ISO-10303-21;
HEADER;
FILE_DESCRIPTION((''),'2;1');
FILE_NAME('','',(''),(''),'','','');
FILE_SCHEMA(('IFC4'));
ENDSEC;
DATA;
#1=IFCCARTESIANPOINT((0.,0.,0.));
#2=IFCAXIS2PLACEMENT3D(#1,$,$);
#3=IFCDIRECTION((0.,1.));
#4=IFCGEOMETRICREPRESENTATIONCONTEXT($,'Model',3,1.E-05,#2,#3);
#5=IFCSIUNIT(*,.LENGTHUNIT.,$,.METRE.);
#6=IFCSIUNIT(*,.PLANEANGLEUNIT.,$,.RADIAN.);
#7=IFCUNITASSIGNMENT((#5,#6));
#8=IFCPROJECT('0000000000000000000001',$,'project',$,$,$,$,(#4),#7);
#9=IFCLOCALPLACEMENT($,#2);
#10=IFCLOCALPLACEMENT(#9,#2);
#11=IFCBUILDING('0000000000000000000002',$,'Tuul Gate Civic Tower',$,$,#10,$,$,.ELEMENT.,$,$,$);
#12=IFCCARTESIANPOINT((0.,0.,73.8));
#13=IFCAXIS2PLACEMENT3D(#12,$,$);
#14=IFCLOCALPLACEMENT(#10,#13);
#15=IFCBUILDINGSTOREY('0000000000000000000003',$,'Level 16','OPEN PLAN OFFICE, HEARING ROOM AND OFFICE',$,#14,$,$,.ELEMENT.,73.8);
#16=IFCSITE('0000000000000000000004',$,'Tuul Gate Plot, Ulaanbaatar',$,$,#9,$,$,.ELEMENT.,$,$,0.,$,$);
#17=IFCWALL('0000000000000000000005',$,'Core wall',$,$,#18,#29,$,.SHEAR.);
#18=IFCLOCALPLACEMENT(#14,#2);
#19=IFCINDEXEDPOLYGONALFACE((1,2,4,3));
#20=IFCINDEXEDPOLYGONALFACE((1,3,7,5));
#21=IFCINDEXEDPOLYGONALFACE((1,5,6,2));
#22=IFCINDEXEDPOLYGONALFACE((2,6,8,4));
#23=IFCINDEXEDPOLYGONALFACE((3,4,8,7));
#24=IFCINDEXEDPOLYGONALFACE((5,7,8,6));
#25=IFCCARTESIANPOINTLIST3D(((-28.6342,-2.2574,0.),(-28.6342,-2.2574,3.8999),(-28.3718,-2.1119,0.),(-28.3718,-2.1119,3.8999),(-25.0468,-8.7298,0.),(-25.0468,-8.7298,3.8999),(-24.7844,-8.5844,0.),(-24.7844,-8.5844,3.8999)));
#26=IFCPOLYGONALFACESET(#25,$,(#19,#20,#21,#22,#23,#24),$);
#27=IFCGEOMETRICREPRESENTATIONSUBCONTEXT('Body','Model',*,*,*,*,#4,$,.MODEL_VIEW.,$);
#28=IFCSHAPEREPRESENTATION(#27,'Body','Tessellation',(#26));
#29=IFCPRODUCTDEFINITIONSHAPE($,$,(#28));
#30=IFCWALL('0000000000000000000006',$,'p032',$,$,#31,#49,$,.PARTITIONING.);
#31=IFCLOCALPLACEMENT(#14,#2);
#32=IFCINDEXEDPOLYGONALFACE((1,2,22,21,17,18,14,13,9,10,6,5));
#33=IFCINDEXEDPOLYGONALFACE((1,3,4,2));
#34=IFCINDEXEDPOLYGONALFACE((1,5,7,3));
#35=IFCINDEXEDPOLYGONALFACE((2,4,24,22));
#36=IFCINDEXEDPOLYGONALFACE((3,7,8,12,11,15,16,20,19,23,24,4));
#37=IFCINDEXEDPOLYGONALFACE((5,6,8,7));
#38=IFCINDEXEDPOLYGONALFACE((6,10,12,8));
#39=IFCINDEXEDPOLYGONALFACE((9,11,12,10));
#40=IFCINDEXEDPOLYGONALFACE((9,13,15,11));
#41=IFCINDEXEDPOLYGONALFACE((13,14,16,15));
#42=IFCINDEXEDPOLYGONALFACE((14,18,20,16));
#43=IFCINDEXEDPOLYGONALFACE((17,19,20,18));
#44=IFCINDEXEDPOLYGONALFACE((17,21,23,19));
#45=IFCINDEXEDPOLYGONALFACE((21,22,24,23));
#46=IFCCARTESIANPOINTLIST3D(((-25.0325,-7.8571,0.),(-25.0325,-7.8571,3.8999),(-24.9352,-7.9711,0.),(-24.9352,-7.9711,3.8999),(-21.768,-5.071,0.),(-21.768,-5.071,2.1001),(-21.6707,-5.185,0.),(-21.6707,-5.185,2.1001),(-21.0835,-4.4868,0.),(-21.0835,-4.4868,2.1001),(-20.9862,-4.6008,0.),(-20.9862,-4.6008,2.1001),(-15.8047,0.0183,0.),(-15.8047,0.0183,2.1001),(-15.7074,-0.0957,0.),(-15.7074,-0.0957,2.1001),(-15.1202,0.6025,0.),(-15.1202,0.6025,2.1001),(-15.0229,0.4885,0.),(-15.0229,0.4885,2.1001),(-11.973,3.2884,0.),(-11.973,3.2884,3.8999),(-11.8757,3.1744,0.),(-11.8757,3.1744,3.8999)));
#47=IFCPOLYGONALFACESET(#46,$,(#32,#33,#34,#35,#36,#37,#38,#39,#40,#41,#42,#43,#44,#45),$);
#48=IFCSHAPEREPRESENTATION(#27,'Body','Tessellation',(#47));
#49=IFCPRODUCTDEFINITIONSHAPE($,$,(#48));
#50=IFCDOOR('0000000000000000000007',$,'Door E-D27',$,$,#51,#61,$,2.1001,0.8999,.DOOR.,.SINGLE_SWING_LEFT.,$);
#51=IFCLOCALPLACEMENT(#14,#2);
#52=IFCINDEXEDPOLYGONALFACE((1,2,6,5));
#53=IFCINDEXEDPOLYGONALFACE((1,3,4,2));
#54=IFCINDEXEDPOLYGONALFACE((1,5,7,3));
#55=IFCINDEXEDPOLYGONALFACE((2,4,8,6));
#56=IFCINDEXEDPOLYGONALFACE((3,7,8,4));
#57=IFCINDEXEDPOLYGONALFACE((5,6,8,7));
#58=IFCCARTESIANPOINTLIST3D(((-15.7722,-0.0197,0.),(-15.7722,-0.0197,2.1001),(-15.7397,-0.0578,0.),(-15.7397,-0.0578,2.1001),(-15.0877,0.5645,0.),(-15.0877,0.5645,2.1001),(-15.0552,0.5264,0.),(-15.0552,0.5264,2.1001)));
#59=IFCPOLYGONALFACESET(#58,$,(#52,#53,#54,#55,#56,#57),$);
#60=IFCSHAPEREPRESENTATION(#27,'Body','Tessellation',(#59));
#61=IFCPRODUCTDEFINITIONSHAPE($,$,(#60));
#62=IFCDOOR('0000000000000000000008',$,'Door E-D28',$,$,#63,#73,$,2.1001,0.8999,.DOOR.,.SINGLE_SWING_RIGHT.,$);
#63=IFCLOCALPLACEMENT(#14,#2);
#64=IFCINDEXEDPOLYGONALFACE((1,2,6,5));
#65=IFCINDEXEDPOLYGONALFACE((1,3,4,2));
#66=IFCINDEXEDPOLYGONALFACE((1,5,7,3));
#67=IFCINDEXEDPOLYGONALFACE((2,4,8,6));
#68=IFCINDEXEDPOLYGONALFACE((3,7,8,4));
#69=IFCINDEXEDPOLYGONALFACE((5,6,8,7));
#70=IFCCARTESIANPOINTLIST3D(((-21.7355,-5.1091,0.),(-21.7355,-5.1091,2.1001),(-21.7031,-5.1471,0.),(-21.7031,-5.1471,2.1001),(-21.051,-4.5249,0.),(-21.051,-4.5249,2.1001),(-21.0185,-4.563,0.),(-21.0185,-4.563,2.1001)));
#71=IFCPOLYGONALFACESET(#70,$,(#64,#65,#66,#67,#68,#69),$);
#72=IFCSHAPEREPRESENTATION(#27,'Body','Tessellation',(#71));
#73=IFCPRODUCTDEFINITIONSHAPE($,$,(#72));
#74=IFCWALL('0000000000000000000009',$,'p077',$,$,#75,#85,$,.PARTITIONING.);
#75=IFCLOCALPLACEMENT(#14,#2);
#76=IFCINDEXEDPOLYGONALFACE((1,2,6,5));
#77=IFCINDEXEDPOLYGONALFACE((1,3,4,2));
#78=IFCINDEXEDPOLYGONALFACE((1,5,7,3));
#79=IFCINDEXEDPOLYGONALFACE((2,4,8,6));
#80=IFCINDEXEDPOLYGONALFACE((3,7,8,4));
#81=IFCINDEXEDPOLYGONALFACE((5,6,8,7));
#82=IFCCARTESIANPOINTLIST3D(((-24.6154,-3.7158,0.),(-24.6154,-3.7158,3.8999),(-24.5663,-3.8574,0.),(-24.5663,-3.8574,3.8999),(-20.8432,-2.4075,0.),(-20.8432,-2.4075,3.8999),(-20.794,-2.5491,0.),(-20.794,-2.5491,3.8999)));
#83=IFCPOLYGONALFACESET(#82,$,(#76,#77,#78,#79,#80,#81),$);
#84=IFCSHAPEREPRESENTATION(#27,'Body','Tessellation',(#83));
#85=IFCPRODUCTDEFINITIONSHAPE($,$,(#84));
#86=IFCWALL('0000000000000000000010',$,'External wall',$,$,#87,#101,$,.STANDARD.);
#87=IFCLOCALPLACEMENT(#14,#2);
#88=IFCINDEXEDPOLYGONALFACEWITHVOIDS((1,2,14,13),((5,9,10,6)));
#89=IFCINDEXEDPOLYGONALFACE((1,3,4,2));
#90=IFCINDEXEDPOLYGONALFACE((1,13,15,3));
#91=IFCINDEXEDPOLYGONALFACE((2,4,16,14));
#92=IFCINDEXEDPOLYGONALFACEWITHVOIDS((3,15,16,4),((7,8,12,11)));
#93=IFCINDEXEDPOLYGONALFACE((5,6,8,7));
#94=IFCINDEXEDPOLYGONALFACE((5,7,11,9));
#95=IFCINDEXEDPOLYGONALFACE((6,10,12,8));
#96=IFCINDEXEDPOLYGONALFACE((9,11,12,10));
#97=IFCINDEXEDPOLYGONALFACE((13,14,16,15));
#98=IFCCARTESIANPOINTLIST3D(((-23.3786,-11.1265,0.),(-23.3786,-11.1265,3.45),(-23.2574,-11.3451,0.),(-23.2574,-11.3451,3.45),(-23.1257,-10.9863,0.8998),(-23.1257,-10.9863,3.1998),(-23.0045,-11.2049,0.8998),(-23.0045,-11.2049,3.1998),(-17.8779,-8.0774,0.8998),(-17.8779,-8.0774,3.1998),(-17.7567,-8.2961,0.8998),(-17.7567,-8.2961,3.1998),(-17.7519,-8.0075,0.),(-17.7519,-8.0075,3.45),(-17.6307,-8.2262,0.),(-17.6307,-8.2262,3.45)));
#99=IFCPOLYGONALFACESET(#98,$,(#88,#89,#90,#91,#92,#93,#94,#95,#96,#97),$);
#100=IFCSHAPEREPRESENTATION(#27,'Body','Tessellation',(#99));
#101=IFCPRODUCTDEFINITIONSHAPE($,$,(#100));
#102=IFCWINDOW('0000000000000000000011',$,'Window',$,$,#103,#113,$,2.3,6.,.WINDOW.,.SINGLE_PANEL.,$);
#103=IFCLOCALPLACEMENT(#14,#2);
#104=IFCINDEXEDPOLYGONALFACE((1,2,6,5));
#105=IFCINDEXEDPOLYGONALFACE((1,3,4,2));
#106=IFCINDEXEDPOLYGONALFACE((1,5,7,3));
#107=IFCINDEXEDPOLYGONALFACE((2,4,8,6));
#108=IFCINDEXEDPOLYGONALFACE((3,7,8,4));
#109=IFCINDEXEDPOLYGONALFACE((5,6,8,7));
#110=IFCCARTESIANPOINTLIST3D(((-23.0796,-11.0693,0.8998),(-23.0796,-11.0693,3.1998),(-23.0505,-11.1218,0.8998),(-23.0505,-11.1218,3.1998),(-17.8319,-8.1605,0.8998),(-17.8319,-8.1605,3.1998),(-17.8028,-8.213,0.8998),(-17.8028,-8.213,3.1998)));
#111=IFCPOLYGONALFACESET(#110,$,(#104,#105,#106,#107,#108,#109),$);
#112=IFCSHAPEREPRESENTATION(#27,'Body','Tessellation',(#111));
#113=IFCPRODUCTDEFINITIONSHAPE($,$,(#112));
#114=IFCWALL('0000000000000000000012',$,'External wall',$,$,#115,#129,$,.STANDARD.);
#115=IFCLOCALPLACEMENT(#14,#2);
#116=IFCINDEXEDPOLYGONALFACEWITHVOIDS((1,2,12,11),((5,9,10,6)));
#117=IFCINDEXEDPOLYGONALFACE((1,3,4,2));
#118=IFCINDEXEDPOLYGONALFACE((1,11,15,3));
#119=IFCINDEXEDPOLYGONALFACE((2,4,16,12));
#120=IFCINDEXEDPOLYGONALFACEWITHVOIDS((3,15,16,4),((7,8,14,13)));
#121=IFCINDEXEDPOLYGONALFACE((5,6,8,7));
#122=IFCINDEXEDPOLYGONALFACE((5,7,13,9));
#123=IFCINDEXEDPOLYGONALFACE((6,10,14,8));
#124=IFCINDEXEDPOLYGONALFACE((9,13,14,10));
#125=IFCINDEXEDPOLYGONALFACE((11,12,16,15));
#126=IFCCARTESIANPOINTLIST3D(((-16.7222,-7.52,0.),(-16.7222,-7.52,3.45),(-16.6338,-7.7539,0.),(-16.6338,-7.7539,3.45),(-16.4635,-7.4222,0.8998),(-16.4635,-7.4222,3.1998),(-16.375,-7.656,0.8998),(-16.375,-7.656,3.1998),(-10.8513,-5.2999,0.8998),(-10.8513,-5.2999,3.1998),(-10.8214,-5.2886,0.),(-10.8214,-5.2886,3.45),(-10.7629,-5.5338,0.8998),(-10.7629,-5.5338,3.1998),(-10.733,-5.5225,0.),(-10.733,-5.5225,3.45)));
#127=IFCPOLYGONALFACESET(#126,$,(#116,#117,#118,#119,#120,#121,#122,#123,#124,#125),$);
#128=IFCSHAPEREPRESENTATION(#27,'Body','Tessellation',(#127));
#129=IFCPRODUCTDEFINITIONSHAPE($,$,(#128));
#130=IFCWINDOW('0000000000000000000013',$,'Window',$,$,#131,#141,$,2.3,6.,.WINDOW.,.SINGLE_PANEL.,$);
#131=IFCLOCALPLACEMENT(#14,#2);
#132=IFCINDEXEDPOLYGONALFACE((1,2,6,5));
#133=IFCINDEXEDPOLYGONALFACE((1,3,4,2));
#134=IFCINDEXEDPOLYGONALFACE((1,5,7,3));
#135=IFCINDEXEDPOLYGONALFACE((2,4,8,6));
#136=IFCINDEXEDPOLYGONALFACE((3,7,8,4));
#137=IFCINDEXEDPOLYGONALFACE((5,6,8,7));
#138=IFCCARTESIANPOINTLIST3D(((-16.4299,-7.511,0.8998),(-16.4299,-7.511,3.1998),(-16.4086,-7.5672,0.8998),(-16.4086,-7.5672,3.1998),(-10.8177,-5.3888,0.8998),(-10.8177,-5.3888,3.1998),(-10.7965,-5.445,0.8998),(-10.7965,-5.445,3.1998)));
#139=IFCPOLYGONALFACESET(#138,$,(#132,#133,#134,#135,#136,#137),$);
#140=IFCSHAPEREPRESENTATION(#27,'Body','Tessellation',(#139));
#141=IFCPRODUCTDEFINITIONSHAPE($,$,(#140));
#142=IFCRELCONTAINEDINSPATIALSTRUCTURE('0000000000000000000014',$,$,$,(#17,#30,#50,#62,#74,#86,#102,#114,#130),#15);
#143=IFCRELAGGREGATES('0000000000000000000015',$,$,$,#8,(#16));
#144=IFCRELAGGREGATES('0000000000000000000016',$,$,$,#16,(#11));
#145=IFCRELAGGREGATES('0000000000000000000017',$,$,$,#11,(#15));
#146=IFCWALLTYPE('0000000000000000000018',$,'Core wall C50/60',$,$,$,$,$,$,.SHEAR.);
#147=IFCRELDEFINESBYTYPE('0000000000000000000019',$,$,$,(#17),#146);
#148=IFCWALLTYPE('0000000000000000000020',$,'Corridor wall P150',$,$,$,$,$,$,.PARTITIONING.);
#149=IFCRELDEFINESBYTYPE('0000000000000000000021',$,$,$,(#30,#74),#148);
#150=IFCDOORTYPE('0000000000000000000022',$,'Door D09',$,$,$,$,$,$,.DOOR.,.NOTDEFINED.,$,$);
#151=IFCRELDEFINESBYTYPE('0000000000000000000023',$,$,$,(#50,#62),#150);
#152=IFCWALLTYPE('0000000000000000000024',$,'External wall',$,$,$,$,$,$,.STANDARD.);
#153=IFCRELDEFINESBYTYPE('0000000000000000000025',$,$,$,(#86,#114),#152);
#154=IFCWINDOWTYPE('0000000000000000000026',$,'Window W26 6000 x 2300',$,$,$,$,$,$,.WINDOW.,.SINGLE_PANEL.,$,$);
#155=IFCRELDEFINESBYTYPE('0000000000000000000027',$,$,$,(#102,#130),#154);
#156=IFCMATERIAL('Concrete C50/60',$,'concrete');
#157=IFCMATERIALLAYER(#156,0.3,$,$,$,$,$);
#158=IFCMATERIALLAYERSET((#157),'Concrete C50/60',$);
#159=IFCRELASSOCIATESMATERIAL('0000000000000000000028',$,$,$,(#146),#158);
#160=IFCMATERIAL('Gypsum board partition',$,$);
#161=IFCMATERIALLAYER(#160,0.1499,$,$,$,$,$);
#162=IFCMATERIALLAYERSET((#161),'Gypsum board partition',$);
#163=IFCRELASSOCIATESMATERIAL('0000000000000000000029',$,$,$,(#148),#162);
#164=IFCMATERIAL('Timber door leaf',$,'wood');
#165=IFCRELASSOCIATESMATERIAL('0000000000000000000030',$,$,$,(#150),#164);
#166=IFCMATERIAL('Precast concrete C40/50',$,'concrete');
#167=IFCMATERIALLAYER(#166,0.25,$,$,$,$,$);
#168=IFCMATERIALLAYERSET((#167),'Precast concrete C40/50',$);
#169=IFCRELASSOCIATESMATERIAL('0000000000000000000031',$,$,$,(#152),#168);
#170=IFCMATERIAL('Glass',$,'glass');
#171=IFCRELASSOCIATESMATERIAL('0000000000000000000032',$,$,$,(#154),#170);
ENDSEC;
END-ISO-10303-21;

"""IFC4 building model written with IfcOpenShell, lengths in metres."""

from ifc_helpers import new_model, si_unit, direction, frame, frame_2d, origin, place, context, subcontext, project, spatial, rectangle, extrude, material, layer, layer_set, type_object, element, fill, save


model = new_model("IFC4")

# Units and contexts
model_context = context("Model", 3, precision=1e-05, world=origin(), true_north=direction((0.0, 1.0)))
body_context = subcontext(model_context, "Body", "Model", "MODEL_VIEW")
ifc_project = project(units=[si_unit("LENGTHUNIT", "METRE"), si_unit("PLANEANGLEUNIT", "RADIAN")], contexts=[model_context])

# Site, building, storey
site_placement = place(None, origin())
site = spatial("IfcSite", under=ifc_project, at=site_placement, Name="Tuul Gate Plot, Ulaanbaatar", CompositionType="ELEMENT", RefElevation=0.0)
building_placement = place(site_placement, origin())
building = spatial("IfcBuilding", under=site, at=building_placement, Name="Tuul Gate Civic Tower", CompositionType="ELEMENT")
storey_placement = place(building_placement, frame((0.0, 0.0, 73.8)))
storey = spatial("IfcBuildingStorey", under=building, at=storey_placement, Name="Level 16", Description="OPEN PLAN OFFICE, HEARING ROOM AND OFFICE", CompositionType="ELEMENT", Elevation=73.8)

# Wall
ifc_material_1 = material(Name="Concrete C50/60", Category="concrete")
ifc_layer_1 = layer(ifc_material_1, 0.3)
ifc_layer_set_1 = layer_set([ifc_layer_1], Name="Concrete C50/60")
wall_type_1 = type_object("IfcWallType", Name="Core wall C50/60", PredefinedType="SHEAR", material=ifc_layer_set_1)
wall_1_placement = place(storey_placement, frame((-24.9155, -8.6572, 0.0), z_axis=(0.0, 0.0, 1.0), x_axis=(-0.484777, 0.874638, 0.0)))
element("IfcWall", 1, at=wall_1_placement, inside=storey, type_object=wall_type_1, Name="Core wall", PredefinedType="SHEAR", context=body_context, shape_type="SweptSolid", body=[
    extrude(rectangle(XDim=7.4001, YDim=0.3, at=frame_2d((3.7002, 0.0))), origin(), (0.0, 0.0, 1.0), 3.8999),
])

# Wall, openings, doors
ifc_material_2 = material(Name="Gypsum board partition")
ifc_layer_2 = layer(ifc_material_2, 0.1499)
ifc_layer_set_2 = layer_set([ifc_layer_2], Name="Gypsum board partition")
wall_type_2 = type_object("IfcWallType", Name="Corridor wall P150", PredefinedType="PARTITIONING", material=ifc_layer_set_2)
wall_2_placement = place(storey_placement, frame((-24.9839, -7.9141, 0.0), z_axis=(0.0, 0.0, 1.0), x_axis=(0.760648, 0.649164, 0.0)))
wall_2 = element("IfcWall", 2, at=wall_2_placement, inside=storey, type_object=wall_type_2, Name="p032", PredefinedType="PARTITIONING", context=body_context, shape_type="SweptSolid", body=[
    extrude(rectangle(XDim=17.1689, YDim=0.1499, at=frame_2d((8.5845, 0.0))), origin(), (0.0, 0.0, 1.0), 3.8999),
])
opening_1_placement = place(wall_2_placement, frame((12.1316, 0.0, 0.0)))
opening_1 = element("IfcOpeningElement", 3, at=opening_1_placement, cuts=wall_2, PredefinedType="OPENING", context=body_context, shape_type="SweptSolid", body=[
    extrude(rectangle(XDim=0.8999, YDim=2.1001, at=frame_2d((0.45, 1.05))), frame((0.0, 0.085, 0.0), z_axis=(0.0, -1.0, 0.0), x_axis=(1.0, 0.0, 0.0)), (0.0, 0.0, 1.0), 0.1699),
])
opening_2_placement = place(wall_2_placement, frame((4.2917, 0.0, 0.0)))
opening_2 = element("IfcOpeningElement", 4, at=opening_2_placement, cuts=wall_2, PredefinedType="OPENING", context=body_context, shape_type="SweptSolid", body=[
    extrude(rectangle(XDim=0.8999, YDim=2.1001, at=frame_2d((0.45, 1.05))), frame((0.0, 0.085, 0.0), z_axis=(0.0, -1.0, 0.0), x_axis=(1.0, 0.0, 0.0)), (0.0, 0.0, 1.0), 0.1699),
])
ifc_material_3 = material(Name="Timber door leaf", Category="wood")
door_type = type_object("IfcDoorType", Name="Door D09", OperationType="NOTDEFINED", PredefinedType="DOOR", material=ifc_material_3)
door_1_placement = place(opening_1_placement, origin())
door_1 = element("IfcDoor", 5, at=door_1_placement, inside=storey, type_object=door_type, Name="Door E-D27", OperationType="SINGLE_SWING_LEFT", OverallHeight=2.1001, OverallWidth=0.8999, PredefinedType="DOOR", context=body_context, shape_type="SweptSolid", body=[
    extrude(rectangle(XDim=0.8999, YDim=2.1001, at=frame_2d((0.45, 1.05))), frame((0.0, 0.0249, 0.0), z_axis=(0.0, -1.0, 0.0), x_axis=(1.0, 0.0, 0.0)), (0.0, 0.0, 1.0), 0.05),
])
fill(opening_1, door_1)
door_2_placement = place(opening_2_placement, origin())
door_2 = element("IfcDoor", 6, at=door_2_placement, inside=storey, type_object=door_type, Name="Door E-D28", OperationType="SINGLE_SWING_RIGHT", OverallHeight=2.1001, OverallWidth=0.8999, PredefinedType="DOOR", context=body_context, shape_type="SweptSolid", body=[
    extrude(rectangle(XDim=0.8999, YDim=2.1001, at=frame_2d((0.45, 1.05))), frame((0.0, 0.0249, 0.0), z_axis=(0.0, -1.0, 0.0), x_axis=(1.0, 0.0, 0.0)), (0.0, 0.0, 1.0), 0.05),
])
fill(opening_2, door_2)

# Wall
wall_3_placement = place(storey_placement, frame((-24.5908, -3.7866, 0.0), z_axis=(0.0, 0.0, 1.0), x_axis=(0.944786, 0.327688, 0.0)))
element("IfcWall", 7, at=wall_3_placement, inside=storey, type_object=wall_type_2, Name="p077", PredefinedType="PARTITIONING", context=body_context, shape_type="SweptSolid", body=[
    extrude(rectangle(XDim=3.9927, YDim=0.1499, at=frame_2d((1.9963, 0.0))), origin(), (0.0, 0.0, 1.0), 3.8999),
])

# Walls, openings, windows
ifc_material_4 = material(Name="Precast concrete C40/50", Category="concrete")
ifc_layer_3 = layer(ifc_material_4, 0.25)
ifc_layer_set_3 = layer_set([ifc_layer_3], Name="Precast concrete C40/50")
wall_type_3 = type_object("IfcWallType", Name="External wall", PredefinedType="STANDARD", material=ifc_layer_set_3)
wall_4_placement = place(storey_placement, frame((-23.3181, -11.2358, 0.0), z_axis=(0.0, 0.0, 1.0), x_axis=(0.874622, 0.484805, 0.0)))
wall_4 = element("IfcWall", 8, at=wall_4_placement, inside=storey, type_object=wall_type_3, Name="External wall", PredefinedType="STANDARD", context=body_context, shape_type="SweptSolid", body=[
    extrude(rectangle(XDim=6.4333, YDim=0.25, at=frame_2d((3.2168, 0.0))), origin(), (0.0, 0.0, 1.0), 3.45),
])
opening_3_placement = place(wall_4_placement, frame((0.2893, 0.0, 0.8999)))
opening_3 = element("IfcOpeningElement", 9, at=opening_3_placement, cuts=wall_4, PredefinedType="OPENING", context=body_context, shape_type="SweptSolid", body=[
    extrude(rectangle(XDim=6.0, YDim=2.3, at=frame_2d((3.0, 1.1499))), frame((0.0, 0.135, 0.0), z_axis=(0.0, -1.0, 0.0), x_axis=(1.0, 0.0, 0.0)), (0.0, 0.0, 1.0), 0.27),
])
ifc_material_5 = material(Name="Glass", Category="glass")
window_type = type_object("IfcWindowType", Name="Window W26 6000 x 2300", PartitioningType="SINGLE_PANEL", PredefinedType="WINDOW", material=ifc_material_5)
window_1_placement = place(opening_3_placement, origin())
window_1 = element("IfcWindow", 10, at=window_1_placement, inside=storey, type_object=window_type, Name="Window", OverallHeight=2.3, OverallWidth=6.0, PartitioningType="SINGLE_PANEL", PredefinedType="WINDOW", context=body_context, shape_type="SweptSolid", body=[
    extrude(rectangle(XDim=6.0, YDim=2.3, at=frame_2d((3.0, 1.1499))), frame((0.0, 0.03, 0.0), z_axis=(0.0, -1.0, 0.0), x_axis=(1.0, 0.0, 0.0)), (0.0, 0.0, 1.0), 0.0601),
])
fill(opening_3, window_1)
wall_5_placement = place(storey_placement, frame((-16.678, -7.637, 0.0), z_axis=(0.0, 0.0, 1.0), x_axis=(0.935355, 0.353709, 0.0)))
wall_5 = element("IfcWall", 11, at=wall_5_placement, inside=storey, type_object=wall_type_3, Name="External wall", PredefinedType="STANDARD", context=body_context, shape_type="SweptSolid", body=[
    extrude(rectangle(XDim=6.3086, YDim=0.25, at=frame_2d((3.1543, 0.0))), origin(), (0.0, 0.0, 1.0), 3.45),
])
opening_4_placement = place(wall_5_placement, frame((0.2766, 0.0, 0.8999)))
opening_4 = element("IfcOpeningElement", 12, at=opening_4_placement, cuts=wall_5, PredefinedType="OPENING", context=body_context, shape_type="SweptSolid", body=[
    extrude(rectangle(XDim=6.0, YDim=2.3, at=frame_2d((3.0, 1.1499))), frame((0.0, 0.135, 0.0), z_axis=(0.0, -1.0, 0.0), x_axis=(1.0, 0.0, 0.0)), (0.0, 0.0, 1.0), 0.27),
])
window_2_placement = place(opening_4_placement, origin())
window_2 = element("IfcWindow", 13, at=window_2_placement, inside=storey, type_object=window_type, Name="Window", OverallHeight=2.3, OverallWidth=6.0, PartitioningType="SINGLE_PANEL", PredefinedType="WINDOW", context=body_context, shape_type="SweptSolid", body=[
    extrude(rectangle(XDim=6.0, YDim=2.3, at=frame_2d((3.0, 1.1499))), frame((0.0, 0.03, 0.0), z_axis=(0.0, -1.0, 0.0), x_axis=(1.0, 0.0, 0.0)), (0.0, 0.0, 1.0), 0.0601),
])
fill(opening_4, window_2)

save(model, "model.ifc")
